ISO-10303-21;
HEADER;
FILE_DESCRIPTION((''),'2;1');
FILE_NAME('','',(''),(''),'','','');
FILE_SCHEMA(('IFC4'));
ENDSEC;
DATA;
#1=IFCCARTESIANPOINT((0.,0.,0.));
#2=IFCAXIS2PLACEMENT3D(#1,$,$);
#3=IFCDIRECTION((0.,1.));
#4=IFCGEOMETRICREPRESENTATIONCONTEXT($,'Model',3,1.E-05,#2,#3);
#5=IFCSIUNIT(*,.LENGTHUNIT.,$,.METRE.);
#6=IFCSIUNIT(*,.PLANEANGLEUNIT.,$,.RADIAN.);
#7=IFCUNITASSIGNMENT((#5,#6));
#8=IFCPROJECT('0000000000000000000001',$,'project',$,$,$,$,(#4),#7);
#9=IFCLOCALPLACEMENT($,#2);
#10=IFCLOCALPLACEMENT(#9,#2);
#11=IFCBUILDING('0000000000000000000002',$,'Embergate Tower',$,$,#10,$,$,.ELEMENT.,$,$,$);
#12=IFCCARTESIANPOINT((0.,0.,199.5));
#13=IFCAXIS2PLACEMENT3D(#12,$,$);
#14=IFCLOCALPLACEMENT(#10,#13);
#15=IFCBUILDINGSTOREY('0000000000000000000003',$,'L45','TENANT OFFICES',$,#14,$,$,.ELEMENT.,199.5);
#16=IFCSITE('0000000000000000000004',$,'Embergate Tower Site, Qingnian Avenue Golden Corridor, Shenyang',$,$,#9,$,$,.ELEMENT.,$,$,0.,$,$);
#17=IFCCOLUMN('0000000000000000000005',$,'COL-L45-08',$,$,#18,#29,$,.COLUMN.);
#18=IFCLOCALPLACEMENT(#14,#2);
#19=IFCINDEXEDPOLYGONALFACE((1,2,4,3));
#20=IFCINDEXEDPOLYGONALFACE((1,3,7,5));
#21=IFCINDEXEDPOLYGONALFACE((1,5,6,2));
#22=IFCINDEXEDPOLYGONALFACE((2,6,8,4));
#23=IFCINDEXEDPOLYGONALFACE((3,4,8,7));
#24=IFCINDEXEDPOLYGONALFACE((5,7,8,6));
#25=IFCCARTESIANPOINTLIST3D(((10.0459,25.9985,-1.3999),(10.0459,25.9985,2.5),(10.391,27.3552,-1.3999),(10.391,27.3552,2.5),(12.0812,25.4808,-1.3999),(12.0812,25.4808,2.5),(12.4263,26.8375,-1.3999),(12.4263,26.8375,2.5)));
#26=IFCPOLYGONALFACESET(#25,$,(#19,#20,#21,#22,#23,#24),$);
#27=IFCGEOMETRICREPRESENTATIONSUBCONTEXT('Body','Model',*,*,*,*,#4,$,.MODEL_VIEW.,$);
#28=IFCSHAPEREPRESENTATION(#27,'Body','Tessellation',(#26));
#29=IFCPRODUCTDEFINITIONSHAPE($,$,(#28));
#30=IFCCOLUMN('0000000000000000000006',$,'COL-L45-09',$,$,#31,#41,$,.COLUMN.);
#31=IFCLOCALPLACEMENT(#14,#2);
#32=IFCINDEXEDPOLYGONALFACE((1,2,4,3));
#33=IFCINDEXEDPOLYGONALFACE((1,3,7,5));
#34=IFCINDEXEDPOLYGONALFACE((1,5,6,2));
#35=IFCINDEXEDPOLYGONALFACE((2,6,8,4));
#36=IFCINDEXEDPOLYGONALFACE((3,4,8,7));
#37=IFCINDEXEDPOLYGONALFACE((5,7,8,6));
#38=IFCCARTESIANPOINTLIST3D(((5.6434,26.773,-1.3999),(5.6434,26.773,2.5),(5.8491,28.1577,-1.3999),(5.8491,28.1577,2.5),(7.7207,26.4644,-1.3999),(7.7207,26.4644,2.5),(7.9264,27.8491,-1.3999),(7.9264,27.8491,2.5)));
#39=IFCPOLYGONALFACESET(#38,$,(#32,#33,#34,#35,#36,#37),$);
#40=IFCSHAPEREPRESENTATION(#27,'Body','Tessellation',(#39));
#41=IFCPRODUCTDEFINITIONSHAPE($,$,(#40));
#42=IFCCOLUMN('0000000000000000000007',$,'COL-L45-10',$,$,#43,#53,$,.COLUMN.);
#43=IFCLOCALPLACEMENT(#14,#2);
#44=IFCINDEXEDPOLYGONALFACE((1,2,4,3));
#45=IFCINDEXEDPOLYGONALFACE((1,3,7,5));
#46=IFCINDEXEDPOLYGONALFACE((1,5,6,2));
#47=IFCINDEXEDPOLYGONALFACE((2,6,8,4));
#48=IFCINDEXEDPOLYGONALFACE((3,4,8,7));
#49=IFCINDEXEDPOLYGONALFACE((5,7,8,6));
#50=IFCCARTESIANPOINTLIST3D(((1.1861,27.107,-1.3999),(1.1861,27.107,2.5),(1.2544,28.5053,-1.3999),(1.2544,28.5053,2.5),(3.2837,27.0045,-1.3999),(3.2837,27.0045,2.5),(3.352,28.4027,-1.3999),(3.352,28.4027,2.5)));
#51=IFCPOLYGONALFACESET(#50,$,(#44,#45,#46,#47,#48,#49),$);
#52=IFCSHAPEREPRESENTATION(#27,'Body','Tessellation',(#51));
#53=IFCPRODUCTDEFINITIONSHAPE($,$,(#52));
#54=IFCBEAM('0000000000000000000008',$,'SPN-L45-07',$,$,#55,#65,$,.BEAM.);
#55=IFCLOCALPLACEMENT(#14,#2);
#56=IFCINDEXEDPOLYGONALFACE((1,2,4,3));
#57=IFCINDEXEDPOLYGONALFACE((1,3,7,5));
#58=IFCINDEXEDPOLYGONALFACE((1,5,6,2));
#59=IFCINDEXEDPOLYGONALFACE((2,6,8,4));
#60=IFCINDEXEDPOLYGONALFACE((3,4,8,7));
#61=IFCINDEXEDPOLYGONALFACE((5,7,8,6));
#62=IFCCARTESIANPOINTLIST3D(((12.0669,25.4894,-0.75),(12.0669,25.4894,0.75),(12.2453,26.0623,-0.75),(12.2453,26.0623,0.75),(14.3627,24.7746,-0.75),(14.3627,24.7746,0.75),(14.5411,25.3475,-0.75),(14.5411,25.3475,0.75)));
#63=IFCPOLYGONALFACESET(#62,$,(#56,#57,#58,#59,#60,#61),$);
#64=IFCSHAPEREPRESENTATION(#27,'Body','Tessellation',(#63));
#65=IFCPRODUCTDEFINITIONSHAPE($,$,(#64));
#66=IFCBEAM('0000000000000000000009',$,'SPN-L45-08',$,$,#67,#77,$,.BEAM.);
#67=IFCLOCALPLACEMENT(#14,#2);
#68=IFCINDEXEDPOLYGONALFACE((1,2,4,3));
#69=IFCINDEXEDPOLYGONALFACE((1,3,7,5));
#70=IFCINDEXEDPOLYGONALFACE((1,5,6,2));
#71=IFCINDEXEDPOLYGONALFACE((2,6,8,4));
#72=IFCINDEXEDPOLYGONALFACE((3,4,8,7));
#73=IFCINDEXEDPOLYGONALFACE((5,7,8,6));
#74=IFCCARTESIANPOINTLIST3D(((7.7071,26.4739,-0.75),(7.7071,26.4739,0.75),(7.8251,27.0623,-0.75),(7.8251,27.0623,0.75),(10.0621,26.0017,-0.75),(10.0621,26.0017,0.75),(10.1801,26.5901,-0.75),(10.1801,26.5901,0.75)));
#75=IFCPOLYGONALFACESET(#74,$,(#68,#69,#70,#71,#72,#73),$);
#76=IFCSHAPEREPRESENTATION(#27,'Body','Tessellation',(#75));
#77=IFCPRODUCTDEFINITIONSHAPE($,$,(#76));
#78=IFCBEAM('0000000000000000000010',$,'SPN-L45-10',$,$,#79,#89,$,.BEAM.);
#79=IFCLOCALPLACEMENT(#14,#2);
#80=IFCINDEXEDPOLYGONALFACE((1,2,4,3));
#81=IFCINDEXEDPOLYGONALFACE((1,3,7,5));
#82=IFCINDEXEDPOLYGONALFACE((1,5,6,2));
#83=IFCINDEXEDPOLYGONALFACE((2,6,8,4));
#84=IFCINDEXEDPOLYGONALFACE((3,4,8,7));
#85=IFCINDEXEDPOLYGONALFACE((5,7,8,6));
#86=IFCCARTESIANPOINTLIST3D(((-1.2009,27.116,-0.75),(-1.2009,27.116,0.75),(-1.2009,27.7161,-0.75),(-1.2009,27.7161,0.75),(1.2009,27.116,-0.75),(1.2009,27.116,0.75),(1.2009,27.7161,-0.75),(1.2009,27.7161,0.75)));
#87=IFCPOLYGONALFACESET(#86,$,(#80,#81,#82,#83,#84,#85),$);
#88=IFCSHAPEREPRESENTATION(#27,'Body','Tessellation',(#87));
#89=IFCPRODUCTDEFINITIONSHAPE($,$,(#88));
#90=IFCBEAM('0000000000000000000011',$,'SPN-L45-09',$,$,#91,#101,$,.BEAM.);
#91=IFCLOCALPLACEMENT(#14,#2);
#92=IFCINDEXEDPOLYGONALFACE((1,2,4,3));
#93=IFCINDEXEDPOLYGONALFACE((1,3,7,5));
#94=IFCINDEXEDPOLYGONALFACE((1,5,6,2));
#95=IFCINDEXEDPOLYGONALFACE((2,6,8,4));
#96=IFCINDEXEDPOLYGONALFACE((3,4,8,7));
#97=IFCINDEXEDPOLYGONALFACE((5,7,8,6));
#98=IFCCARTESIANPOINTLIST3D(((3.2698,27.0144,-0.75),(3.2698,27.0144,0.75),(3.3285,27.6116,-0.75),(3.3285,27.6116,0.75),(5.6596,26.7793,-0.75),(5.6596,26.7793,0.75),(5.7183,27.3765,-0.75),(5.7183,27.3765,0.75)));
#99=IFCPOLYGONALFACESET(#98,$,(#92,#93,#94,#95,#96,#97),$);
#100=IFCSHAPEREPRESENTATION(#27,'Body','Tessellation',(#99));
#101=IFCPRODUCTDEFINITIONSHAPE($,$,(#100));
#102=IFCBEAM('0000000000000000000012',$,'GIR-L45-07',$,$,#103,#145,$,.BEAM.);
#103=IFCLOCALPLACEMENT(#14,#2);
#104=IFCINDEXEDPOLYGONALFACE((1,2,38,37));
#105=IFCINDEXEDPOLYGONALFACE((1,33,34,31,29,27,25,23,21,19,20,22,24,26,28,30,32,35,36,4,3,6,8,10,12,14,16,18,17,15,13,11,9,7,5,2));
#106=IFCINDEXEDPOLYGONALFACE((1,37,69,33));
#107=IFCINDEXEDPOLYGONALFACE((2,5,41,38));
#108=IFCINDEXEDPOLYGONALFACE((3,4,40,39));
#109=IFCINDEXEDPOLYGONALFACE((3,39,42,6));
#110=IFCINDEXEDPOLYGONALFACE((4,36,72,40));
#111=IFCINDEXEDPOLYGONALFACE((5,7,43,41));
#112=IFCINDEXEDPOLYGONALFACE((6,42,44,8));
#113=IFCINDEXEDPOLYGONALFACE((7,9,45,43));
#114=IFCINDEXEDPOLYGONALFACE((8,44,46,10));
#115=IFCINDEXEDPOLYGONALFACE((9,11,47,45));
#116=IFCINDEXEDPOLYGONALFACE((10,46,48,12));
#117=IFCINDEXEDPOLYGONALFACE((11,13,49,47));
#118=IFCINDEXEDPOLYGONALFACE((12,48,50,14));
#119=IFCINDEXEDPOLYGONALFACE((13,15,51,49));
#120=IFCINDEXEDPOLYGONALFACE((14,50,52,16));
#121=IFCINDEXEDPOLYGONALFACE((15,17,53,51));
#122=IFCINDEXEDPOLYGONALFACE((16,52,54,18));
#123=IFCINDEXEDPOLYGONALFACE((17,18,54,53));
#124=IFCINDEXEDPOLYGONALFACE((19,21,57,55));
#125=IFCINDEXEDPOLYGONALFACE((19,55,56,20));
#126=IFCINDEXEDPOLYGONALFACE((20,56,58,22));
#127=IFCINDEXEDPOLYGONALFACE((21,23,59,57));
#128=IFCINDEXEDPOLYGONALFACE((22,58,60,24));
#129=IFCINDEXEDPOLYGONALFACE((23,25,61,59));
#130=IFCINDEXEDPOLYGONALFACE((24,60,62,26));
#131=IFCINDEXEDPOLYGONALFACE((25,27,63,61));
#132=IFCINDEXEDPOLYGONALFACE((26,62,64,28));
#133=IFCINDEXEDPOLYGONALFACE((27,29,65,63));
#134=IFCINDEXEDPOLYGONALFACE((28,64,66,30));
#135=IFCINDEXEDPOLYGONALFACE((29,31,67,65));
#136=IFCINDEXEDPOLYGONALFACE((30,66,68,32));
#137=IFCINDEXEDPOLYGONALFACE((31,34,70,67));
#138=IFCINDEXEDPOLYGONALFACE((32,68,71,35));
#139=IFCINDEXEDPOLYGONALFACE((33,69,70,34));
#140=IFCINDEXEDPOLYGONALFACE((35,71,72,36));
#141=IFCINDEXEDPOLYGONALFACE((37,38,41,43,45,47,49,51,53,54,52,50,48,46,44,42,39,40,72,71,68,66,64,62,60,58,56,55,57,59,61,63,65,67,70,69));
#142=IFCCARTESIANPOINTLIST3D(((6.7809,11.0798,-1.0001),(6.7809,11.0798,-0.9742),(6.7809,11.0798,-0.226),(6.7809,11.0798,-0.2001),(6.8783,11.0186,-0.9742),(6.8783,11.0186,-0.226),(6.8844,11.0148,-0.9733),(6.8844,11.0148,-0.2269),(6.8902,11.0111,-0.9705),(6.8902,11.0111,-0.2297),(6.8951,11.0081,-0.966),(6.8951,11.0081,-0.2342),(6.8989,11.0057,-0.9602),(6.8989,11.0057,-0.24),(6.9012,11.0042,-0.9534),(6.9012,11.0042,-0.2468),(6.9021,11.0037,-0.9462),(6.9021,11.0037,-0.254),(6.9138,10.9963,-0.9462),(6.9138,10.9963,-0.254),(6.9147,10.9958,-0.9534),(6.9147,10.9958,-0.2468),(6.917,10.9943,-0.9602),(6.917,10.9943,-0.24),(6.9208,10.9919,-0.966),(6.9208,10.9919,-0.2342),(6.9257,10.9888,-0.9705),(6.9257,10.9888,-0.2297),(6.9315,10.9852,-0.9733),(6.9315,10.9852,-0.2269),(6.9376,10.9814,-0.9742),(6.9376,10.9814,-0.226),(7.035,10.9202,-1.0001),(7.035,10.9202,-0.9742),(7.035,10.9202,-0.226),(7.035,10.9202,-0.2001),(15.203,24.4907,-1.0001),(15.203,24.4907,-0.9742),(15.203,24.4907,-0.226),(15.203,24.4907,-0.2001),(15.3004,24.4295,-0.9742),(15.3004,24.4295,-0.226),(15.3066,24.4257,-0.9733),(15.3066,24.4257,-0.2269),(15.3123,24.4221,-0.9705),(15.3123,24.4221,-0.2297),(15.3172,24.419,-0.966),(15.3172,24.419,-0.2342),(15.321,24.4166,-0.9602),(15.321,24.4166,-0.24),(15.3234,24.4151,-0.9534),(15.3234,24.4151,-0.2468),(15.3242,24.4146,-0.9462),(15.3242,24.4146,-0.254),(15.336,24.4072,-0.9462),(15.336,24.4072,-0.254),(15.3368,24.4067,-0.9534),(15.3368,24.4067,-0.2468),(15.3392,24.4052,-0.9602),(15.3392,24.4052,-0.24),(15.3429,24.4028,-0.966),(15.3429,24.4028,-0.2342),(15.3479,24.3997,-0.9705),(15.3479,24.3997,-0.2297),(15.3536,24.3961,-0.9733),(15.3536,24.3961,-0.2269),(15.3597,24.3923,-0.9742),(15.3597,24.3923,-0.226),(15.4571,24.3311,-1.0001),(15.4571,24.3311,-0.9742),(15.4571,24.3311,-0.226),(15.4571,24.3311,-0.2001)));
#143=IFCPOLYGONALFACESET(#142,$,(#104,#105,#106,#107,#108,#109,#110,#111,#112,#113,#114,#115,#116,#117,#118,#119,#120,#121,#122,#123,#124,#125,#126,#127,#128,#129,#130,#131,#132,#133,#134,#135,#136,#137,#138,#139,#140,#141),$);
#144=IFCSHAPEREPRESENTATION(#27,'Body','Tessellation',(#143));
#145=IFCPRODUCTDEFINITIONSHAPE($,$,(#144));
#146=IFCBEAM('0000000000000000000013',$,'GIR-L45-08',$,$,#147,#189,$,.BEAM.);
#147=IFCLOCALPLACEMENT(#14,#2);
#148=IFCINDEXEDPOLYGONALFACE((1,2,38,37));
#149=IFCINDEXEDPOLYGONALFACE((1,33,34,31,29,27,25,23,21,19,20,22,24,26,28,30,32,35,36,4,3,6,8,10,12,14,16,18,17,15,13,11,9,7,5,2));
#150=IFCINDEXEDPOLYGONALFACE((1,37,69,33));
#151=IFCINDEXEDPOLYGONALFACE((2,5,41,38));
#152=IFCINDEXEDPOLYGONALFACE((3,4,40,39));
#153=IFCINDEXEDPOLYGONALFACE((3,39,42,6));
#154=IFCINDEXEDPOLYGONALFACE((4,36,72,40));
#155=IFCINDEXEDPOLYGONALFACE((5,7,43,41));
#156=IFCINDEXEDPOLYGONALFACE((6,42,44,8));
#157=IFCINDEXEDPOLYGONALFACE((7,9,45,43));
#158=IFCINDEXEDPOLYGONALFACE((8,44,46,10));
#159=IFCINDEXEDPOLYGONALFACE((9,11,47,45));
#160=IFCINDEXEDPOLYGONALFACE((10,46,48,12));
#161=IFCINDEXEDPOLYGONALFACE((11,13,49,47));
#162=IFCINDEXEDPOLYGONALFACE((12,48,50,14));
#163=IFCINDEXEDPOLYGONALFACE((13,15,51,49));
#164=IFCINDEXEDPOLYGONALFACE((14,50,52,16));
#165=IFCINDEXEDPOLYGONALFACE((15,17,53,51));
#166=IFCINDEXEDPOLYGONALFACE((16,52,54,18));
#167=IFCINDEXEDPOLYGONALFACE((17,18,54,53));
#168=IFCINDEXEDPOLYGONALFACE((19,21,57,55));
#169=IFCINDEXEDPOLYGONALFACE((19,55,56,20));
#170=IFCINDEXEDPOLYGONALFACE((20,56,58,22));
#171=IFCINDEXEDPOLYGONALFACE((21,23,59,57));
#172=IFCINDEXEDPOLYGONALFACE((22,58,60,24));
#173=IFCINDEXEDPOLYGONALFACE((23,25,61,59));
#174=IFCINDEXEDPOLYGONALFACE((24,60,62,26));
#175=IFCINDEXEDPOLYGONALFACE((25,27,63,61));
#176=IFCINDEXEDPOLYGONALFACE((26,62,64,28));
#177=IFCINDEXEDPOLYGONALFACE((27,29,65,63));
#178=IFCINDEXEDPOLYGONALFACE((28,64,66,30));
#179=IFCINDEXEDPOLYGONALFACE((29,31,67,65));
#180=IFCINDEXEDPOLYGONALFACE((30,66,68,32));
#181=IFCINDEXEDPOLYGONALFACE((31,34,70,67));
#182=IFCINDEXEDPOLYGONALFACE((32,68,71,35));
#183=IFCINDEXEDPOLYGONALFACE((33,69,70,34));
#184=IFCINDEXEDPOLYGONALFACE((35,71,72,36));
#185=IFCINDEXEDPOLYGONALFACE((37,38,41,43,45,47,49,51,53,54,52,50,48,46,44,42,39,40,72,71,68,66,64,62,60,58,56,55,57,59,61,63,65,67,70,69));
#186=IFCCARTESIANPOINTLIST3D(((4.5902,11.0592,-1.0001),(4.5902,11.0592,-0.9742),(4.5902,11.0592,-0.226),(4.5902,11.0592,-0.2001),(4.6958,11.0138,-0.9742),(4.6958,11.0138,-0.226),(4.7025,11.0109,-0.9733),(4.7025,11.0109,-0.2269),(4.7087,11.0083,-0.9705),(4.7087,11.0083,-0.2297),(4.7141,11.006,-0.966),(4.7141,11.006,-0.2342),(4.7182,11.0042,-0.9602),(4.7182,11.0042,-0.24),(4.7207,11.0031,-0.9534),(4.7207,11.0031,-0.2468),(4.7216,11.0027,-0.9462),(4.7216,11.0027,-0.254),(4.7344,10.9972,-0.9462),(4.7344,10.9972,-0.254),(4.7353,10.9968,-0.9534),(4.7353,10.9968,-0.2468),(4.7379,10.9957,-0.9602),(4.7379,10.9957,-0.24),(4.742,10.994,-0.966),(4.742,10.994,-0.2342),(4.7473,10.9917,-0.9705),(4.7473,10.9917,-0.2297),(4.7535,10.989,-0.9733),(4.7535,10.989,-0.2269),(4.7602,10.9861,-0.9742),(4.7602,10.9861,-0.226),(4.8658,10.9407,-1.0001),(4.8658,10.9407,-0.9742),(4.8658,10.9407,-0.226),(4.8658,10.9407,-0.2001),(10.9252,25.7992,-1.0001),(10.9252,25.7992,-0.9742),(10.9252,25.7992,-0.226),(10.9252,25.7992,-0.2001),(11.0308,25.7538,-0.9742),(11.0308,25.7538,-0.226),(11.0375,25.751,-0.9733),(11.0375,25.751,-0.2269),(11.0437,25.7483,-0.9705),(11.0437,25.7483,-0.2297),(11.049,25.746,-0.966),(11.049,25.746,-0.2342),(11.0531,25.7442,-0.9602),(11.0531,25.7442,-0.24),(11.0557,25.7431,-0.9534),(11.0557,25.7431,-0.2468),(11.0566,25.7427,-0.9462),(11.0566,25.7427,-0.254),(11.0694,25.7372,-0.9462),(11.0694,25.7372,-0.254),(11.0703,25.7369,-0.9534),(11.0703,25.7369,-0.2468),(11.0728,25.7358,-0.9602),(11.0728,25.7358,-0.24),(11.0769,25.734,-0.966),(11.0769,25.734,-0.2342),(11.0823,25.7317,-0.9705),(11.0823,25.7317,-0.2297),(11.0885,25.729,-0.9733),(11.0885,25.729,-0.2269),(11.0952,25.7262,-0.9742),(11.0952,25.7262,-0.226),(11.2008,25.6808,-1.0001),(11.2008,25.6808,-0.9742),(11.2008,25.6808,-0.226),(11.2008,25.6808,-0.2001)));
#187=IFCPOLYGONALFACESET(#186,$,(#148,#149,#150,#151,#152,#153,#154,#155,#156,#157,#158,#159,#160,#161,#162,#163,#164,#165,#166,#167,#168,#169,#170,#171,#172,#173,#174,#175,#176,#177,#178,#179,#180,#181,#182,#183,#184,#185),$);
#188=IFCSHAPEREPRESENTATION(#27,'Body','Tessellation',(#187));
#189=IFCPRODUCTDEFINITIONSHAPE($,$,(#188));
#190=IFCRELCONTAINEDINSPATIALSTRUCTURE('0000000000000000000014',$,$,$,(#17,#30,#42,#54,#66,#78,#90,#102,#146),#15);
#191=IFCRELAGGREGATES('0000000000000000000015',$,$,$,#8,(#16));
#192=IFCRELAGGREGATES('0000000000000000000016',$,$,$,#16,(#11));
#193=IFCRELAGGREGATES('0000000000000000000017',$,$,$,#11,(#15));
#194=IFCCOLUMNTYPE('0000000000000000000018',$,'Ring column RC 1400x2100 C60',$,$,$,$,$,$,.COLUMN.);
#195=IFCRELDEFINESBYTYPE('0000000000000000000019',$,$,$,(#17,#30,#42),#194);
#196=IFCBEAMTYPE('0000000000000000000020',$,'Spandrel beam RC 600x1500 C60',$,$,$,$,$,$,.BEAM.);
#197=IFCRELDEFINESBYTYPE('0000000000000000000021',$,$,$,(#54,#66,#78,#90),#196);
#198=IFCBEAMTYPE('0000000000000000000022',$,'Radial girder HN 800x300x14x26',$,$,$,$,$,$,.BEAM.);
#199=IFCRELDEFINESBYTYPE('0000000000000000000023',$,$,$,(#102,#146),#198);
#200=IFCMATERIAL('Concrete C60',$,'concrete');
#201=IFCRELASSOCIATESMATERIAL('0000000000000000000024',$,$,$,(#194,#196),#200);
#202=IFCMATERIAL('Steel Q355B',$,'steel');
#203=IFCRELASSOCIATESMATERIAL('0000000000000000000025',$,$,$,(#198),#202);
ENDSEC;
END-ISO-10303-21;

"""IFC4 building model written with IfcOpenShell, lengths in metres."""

from ifc_helpers import new_model, si_unit, direction, frame, origin, origin_2d, place, context, subcontext, project, spatial, rectangle, i_section, extrude, source, transform, mapped, material, material_profile, profile_set, type_object, element, save


model = new_model("IFC4")

# Units and contexts
model_context = context("Model", 3, precision=1e-05, world=origin(), true_north=direction((0.0, 1.0)))
body_context = subcontext(model_context, "Body", "Model", "MODEL_VIEW")
ifc_project = project(units=[si_unit("LENGTHUNIT", "METRE"), si_unit("PLANEANGLEUNIT", "RADIAN")], contexts=[model_context])

# Site, building, storey
site_placement = place(None, origin())
site = spatial("IfcSite", under=ifc_project, at=site_placement, Name="Embergate Tower Site, Qingnian Avenue Golden Corridor, Shenyang", CompositionType="ELEMENT", RefElevation=0.0)
building_placement = place(site_placement, origin())
building = spatial("IfcBuilding", under=site, at=building_placement, Name="Embergate Tower", CompositionType="ELEMENT")
storey_placement = place(building_placement, frame((0.0, 0.0, 199.5)))
storey = spatial("IfcBuildingStorey", under=building, at=storey_placement, Name="L45", Description="TENANT OFFICES", CompositionType="ELEMENT", Elevation=199.5)

# Columns
ifc_material_1 = material(Name="Concrete C60", Category="concrete")
ifc_material_profile_1 = material_profile(ifc_material_1, rectangle(XDim=1.3999, YDim=2.1001, at=origin_2d()), Name="RC 1400x2100")
ifc_profile_set_1 = profile_set([ifc_material_profile_1], Name="Concrete C60")
column_type = type_object("IfcColumnType", Name="Ring column RC 1400x2100 C60", PredefinedType="COLUMN", material=ifc_profile_set_1)
shared_shape_1 = source(origin(), body_context, "Body", "SweptSolid", [
    extrude(rectangle(XDim=1.3999, YDim=2.1001, at=origin_2d()), origin(), (0.0, 0.0, 1.0), 3.8999),
])
for number, where, z_axis, x_axis, name in (
    (1, (11.2361, 26.418, -1.3999), (0.0, 0.0, 1.0), (0.246509, 0.969141, 0.0), "COL-L45-08"),
    (2, (6.7849, 27.311, -1.3999), (0.0, 0.0, 1.0), (0.146929, 0.989147, 0.0), "COL-L45-09"),
    (3, (2.269, 27.7549, -1.3999), (0.0, 0.0, 1.0), (0.048815, 0.998808, 0.0), "COL-L45-10"),
):
    element("IfcColumn", number, at=place(storey_placement, frame(where, z_axis=z_axis, x_axis=x_axis)), inside=storey, type_object=column_type, Name=name, PredefinedType="COLUMN", context=body_context, shape_type="MappedRepresentation", body=[
        mapped(shared_shape_1, transform((0.0, 0.0, 0.0))),
    ])

# Beams
ifc_material_profile_2 = material_profile(ifc_material_1, rectangle(XDim=0.6001, YDim=1.5, at=origin_2d()), Name="RC 600x1500")
ifc_profile_set_2 = profile_set([ifc_material_profile_2], Name="Concrete C60")
beam_type_1 = type_object("IfcBeamType", Name="Spandrel beam RC 600x1500 C60", PredefinedType="BEAM", material=ifc_profile_set_2)
shared_shape_2 = source(origin(), body_context, "Body", "SweptSolid", [
    extrude(rectangle(XDim=0.6001, YDim=1.5, at=origin_2d()), origin(), (0.0, 0.0, 1.0), 2.4045),
])
beam_1_placement = place(storey_placement, frame((14.4519, 25.061, 0.0), z_axis=(-0.95479, 0.29728, 0.0), x_axis=(-0.29728, -0.95479, 0.0)))
element("IfcBeam", 4, at=beam_1_placement, inside=storey, type_object=beam_type_1, Name="SPN-L45-07", PredefinedType="BEAM", context=body_context, shape_type="MappedRepresentation", body=[
    mapped(shared_shape_2, transform((0.0, 0.0, 0.0))),
])
shared_shape_3 = source(origin(), body_context, "Body", "SweptSolid", [
    extrude(rectangle(XDim=0.6001, YDim=1.5, at=origin_2d()), origin(), (0.0, 0.0, 1.0), 2.4019),
])
for number, where, z_axis, x_axis, name in (
    (5, (10.1211, 26.2959, 0.0), (-0.980487, 0.196585, 0.0), (-0.196585, -0.980487, 0.0), "SPN-L45-08"),
    (6, (1.2009, 27.416, 0.0), (-1.0, 0.0, 0.0), (0.0, -1.0, 0.0), "SPN-L45-10"),
):
    element("IfcBeam", number, at=place(storey_placement, frame(where, z_axis=z_axis, x_axis=x_axis)), inside=storey, type_object=beam_type_1, Name=name, PredefinedType="BEAM", context=body_context, shape_type="MappedRepresentation", body=[
        mapped(shared_shape_3, transform((0.0, 0.0, 0.0))),
    ])
shared_shape_4 = source(origin(), body_context, "Body", "SweptSolid", [
    extrude(rectangle(XDim=0.6001, YDim=1.5, at=origin_2d()), origin(), (0.0, 0.0, 1.0), 2.4014),
])
beam_2_placement = place(storey_placement, frame((5.689, 27.0779, 0.0), z_axis=(-0.995196, 0.097903, 0.0), x_axis=(-0.097903, -0.995196, 0.0)))
element("IfcBeam", 7, at=beam_2_placement, inside=storey, type_object=beam_type_1, Name="SPN-L45-09", PredefinedType="BEAM", context=body_context, shape_type="MappedRepresentation", body=[
    mapped(shared_shape_4, transform((0.0, 0.0, 0.0))),
])
ifc_material_2 = material(Name="Steel Q355B", Category="steel")
ifc_material_profile_3 = material_profile(ifc_material_2, i_section(OverallWidth=0.3, OverallDepth=0.8, WebThickness=0.0139, FlangeThickness=0.0259, FilletRadius=0.0281, at=origin_2d()), Name="HN 800x300x14x26")
ifc_profile_set_3 = profile_set([ifc_material_profile_3], Name="Steel Q355 grade B")
beam_type_2 = type_object("IfcBeamType", Name="Radial girder HN 800x300x14x26", PredefinedType="BEAM", material=ifc_profile_set_3)
shared_shape_5 = source(origin(), body_context, "Body", "SweptSolid", [
    extrude(i_section(OverallWidth=0.3, OverallDepth=0.8, WebThickness=0.0139, FlangeThickness=0.0259, FilletRadius=0.0281, at=origin_2d()), origin(), (0.0, 0.0, 1.0), 15.8362),
])
beam_3_placement = place(storey_placement, frame((15.3301, 24.4109, -0.6001), z_axis=(-0.531828, -0.846852, 0.0), x_axis=(0.846852, -0.531828, 0.0)))
element("IfcBeam", 8, at=beam_3_placement, inside=storey, type_object=beam_type_2, Name="GIR-L45-07", PredefinedType="BEAM", context=body_context, shape_type="MappedRepresentation", body=[
    mapped(shared_shape_5, transform((0.0, 0.0, 0.0))),
])
shared_shape_6 = source(origin(), body_context, "Body", "SweptSolid", [
    extrude(i_section(OverallWidth=0.3, OverallDepth=0.8, WebThickness=0.0139, FlangeThickness=0.0259, FilletRadius=0.0281, at=origin_2d()), origin(), (0.0, 0.0, 1.0), 16.0437),
])
beam_4_placement = place(storey_placement, frame((11.063, 25.74, -0.6001), z_axis=(-0.394858, -0.918742, 0.0), x_axis=(0.918742, -0.394858, 0.0)))
element("IfcBeam", 9, at=beam_4_placement, inside=storey, type_object=beam_type_2, Name="GIR-L45-08", PredefinedType="BEAM", context=body_context, shape_type="MappedRepresentation", body=[
    mapped(shared_shape_6, transform((0.0, 0.0, 0.0))),
])

save(model, "model.ifc")
